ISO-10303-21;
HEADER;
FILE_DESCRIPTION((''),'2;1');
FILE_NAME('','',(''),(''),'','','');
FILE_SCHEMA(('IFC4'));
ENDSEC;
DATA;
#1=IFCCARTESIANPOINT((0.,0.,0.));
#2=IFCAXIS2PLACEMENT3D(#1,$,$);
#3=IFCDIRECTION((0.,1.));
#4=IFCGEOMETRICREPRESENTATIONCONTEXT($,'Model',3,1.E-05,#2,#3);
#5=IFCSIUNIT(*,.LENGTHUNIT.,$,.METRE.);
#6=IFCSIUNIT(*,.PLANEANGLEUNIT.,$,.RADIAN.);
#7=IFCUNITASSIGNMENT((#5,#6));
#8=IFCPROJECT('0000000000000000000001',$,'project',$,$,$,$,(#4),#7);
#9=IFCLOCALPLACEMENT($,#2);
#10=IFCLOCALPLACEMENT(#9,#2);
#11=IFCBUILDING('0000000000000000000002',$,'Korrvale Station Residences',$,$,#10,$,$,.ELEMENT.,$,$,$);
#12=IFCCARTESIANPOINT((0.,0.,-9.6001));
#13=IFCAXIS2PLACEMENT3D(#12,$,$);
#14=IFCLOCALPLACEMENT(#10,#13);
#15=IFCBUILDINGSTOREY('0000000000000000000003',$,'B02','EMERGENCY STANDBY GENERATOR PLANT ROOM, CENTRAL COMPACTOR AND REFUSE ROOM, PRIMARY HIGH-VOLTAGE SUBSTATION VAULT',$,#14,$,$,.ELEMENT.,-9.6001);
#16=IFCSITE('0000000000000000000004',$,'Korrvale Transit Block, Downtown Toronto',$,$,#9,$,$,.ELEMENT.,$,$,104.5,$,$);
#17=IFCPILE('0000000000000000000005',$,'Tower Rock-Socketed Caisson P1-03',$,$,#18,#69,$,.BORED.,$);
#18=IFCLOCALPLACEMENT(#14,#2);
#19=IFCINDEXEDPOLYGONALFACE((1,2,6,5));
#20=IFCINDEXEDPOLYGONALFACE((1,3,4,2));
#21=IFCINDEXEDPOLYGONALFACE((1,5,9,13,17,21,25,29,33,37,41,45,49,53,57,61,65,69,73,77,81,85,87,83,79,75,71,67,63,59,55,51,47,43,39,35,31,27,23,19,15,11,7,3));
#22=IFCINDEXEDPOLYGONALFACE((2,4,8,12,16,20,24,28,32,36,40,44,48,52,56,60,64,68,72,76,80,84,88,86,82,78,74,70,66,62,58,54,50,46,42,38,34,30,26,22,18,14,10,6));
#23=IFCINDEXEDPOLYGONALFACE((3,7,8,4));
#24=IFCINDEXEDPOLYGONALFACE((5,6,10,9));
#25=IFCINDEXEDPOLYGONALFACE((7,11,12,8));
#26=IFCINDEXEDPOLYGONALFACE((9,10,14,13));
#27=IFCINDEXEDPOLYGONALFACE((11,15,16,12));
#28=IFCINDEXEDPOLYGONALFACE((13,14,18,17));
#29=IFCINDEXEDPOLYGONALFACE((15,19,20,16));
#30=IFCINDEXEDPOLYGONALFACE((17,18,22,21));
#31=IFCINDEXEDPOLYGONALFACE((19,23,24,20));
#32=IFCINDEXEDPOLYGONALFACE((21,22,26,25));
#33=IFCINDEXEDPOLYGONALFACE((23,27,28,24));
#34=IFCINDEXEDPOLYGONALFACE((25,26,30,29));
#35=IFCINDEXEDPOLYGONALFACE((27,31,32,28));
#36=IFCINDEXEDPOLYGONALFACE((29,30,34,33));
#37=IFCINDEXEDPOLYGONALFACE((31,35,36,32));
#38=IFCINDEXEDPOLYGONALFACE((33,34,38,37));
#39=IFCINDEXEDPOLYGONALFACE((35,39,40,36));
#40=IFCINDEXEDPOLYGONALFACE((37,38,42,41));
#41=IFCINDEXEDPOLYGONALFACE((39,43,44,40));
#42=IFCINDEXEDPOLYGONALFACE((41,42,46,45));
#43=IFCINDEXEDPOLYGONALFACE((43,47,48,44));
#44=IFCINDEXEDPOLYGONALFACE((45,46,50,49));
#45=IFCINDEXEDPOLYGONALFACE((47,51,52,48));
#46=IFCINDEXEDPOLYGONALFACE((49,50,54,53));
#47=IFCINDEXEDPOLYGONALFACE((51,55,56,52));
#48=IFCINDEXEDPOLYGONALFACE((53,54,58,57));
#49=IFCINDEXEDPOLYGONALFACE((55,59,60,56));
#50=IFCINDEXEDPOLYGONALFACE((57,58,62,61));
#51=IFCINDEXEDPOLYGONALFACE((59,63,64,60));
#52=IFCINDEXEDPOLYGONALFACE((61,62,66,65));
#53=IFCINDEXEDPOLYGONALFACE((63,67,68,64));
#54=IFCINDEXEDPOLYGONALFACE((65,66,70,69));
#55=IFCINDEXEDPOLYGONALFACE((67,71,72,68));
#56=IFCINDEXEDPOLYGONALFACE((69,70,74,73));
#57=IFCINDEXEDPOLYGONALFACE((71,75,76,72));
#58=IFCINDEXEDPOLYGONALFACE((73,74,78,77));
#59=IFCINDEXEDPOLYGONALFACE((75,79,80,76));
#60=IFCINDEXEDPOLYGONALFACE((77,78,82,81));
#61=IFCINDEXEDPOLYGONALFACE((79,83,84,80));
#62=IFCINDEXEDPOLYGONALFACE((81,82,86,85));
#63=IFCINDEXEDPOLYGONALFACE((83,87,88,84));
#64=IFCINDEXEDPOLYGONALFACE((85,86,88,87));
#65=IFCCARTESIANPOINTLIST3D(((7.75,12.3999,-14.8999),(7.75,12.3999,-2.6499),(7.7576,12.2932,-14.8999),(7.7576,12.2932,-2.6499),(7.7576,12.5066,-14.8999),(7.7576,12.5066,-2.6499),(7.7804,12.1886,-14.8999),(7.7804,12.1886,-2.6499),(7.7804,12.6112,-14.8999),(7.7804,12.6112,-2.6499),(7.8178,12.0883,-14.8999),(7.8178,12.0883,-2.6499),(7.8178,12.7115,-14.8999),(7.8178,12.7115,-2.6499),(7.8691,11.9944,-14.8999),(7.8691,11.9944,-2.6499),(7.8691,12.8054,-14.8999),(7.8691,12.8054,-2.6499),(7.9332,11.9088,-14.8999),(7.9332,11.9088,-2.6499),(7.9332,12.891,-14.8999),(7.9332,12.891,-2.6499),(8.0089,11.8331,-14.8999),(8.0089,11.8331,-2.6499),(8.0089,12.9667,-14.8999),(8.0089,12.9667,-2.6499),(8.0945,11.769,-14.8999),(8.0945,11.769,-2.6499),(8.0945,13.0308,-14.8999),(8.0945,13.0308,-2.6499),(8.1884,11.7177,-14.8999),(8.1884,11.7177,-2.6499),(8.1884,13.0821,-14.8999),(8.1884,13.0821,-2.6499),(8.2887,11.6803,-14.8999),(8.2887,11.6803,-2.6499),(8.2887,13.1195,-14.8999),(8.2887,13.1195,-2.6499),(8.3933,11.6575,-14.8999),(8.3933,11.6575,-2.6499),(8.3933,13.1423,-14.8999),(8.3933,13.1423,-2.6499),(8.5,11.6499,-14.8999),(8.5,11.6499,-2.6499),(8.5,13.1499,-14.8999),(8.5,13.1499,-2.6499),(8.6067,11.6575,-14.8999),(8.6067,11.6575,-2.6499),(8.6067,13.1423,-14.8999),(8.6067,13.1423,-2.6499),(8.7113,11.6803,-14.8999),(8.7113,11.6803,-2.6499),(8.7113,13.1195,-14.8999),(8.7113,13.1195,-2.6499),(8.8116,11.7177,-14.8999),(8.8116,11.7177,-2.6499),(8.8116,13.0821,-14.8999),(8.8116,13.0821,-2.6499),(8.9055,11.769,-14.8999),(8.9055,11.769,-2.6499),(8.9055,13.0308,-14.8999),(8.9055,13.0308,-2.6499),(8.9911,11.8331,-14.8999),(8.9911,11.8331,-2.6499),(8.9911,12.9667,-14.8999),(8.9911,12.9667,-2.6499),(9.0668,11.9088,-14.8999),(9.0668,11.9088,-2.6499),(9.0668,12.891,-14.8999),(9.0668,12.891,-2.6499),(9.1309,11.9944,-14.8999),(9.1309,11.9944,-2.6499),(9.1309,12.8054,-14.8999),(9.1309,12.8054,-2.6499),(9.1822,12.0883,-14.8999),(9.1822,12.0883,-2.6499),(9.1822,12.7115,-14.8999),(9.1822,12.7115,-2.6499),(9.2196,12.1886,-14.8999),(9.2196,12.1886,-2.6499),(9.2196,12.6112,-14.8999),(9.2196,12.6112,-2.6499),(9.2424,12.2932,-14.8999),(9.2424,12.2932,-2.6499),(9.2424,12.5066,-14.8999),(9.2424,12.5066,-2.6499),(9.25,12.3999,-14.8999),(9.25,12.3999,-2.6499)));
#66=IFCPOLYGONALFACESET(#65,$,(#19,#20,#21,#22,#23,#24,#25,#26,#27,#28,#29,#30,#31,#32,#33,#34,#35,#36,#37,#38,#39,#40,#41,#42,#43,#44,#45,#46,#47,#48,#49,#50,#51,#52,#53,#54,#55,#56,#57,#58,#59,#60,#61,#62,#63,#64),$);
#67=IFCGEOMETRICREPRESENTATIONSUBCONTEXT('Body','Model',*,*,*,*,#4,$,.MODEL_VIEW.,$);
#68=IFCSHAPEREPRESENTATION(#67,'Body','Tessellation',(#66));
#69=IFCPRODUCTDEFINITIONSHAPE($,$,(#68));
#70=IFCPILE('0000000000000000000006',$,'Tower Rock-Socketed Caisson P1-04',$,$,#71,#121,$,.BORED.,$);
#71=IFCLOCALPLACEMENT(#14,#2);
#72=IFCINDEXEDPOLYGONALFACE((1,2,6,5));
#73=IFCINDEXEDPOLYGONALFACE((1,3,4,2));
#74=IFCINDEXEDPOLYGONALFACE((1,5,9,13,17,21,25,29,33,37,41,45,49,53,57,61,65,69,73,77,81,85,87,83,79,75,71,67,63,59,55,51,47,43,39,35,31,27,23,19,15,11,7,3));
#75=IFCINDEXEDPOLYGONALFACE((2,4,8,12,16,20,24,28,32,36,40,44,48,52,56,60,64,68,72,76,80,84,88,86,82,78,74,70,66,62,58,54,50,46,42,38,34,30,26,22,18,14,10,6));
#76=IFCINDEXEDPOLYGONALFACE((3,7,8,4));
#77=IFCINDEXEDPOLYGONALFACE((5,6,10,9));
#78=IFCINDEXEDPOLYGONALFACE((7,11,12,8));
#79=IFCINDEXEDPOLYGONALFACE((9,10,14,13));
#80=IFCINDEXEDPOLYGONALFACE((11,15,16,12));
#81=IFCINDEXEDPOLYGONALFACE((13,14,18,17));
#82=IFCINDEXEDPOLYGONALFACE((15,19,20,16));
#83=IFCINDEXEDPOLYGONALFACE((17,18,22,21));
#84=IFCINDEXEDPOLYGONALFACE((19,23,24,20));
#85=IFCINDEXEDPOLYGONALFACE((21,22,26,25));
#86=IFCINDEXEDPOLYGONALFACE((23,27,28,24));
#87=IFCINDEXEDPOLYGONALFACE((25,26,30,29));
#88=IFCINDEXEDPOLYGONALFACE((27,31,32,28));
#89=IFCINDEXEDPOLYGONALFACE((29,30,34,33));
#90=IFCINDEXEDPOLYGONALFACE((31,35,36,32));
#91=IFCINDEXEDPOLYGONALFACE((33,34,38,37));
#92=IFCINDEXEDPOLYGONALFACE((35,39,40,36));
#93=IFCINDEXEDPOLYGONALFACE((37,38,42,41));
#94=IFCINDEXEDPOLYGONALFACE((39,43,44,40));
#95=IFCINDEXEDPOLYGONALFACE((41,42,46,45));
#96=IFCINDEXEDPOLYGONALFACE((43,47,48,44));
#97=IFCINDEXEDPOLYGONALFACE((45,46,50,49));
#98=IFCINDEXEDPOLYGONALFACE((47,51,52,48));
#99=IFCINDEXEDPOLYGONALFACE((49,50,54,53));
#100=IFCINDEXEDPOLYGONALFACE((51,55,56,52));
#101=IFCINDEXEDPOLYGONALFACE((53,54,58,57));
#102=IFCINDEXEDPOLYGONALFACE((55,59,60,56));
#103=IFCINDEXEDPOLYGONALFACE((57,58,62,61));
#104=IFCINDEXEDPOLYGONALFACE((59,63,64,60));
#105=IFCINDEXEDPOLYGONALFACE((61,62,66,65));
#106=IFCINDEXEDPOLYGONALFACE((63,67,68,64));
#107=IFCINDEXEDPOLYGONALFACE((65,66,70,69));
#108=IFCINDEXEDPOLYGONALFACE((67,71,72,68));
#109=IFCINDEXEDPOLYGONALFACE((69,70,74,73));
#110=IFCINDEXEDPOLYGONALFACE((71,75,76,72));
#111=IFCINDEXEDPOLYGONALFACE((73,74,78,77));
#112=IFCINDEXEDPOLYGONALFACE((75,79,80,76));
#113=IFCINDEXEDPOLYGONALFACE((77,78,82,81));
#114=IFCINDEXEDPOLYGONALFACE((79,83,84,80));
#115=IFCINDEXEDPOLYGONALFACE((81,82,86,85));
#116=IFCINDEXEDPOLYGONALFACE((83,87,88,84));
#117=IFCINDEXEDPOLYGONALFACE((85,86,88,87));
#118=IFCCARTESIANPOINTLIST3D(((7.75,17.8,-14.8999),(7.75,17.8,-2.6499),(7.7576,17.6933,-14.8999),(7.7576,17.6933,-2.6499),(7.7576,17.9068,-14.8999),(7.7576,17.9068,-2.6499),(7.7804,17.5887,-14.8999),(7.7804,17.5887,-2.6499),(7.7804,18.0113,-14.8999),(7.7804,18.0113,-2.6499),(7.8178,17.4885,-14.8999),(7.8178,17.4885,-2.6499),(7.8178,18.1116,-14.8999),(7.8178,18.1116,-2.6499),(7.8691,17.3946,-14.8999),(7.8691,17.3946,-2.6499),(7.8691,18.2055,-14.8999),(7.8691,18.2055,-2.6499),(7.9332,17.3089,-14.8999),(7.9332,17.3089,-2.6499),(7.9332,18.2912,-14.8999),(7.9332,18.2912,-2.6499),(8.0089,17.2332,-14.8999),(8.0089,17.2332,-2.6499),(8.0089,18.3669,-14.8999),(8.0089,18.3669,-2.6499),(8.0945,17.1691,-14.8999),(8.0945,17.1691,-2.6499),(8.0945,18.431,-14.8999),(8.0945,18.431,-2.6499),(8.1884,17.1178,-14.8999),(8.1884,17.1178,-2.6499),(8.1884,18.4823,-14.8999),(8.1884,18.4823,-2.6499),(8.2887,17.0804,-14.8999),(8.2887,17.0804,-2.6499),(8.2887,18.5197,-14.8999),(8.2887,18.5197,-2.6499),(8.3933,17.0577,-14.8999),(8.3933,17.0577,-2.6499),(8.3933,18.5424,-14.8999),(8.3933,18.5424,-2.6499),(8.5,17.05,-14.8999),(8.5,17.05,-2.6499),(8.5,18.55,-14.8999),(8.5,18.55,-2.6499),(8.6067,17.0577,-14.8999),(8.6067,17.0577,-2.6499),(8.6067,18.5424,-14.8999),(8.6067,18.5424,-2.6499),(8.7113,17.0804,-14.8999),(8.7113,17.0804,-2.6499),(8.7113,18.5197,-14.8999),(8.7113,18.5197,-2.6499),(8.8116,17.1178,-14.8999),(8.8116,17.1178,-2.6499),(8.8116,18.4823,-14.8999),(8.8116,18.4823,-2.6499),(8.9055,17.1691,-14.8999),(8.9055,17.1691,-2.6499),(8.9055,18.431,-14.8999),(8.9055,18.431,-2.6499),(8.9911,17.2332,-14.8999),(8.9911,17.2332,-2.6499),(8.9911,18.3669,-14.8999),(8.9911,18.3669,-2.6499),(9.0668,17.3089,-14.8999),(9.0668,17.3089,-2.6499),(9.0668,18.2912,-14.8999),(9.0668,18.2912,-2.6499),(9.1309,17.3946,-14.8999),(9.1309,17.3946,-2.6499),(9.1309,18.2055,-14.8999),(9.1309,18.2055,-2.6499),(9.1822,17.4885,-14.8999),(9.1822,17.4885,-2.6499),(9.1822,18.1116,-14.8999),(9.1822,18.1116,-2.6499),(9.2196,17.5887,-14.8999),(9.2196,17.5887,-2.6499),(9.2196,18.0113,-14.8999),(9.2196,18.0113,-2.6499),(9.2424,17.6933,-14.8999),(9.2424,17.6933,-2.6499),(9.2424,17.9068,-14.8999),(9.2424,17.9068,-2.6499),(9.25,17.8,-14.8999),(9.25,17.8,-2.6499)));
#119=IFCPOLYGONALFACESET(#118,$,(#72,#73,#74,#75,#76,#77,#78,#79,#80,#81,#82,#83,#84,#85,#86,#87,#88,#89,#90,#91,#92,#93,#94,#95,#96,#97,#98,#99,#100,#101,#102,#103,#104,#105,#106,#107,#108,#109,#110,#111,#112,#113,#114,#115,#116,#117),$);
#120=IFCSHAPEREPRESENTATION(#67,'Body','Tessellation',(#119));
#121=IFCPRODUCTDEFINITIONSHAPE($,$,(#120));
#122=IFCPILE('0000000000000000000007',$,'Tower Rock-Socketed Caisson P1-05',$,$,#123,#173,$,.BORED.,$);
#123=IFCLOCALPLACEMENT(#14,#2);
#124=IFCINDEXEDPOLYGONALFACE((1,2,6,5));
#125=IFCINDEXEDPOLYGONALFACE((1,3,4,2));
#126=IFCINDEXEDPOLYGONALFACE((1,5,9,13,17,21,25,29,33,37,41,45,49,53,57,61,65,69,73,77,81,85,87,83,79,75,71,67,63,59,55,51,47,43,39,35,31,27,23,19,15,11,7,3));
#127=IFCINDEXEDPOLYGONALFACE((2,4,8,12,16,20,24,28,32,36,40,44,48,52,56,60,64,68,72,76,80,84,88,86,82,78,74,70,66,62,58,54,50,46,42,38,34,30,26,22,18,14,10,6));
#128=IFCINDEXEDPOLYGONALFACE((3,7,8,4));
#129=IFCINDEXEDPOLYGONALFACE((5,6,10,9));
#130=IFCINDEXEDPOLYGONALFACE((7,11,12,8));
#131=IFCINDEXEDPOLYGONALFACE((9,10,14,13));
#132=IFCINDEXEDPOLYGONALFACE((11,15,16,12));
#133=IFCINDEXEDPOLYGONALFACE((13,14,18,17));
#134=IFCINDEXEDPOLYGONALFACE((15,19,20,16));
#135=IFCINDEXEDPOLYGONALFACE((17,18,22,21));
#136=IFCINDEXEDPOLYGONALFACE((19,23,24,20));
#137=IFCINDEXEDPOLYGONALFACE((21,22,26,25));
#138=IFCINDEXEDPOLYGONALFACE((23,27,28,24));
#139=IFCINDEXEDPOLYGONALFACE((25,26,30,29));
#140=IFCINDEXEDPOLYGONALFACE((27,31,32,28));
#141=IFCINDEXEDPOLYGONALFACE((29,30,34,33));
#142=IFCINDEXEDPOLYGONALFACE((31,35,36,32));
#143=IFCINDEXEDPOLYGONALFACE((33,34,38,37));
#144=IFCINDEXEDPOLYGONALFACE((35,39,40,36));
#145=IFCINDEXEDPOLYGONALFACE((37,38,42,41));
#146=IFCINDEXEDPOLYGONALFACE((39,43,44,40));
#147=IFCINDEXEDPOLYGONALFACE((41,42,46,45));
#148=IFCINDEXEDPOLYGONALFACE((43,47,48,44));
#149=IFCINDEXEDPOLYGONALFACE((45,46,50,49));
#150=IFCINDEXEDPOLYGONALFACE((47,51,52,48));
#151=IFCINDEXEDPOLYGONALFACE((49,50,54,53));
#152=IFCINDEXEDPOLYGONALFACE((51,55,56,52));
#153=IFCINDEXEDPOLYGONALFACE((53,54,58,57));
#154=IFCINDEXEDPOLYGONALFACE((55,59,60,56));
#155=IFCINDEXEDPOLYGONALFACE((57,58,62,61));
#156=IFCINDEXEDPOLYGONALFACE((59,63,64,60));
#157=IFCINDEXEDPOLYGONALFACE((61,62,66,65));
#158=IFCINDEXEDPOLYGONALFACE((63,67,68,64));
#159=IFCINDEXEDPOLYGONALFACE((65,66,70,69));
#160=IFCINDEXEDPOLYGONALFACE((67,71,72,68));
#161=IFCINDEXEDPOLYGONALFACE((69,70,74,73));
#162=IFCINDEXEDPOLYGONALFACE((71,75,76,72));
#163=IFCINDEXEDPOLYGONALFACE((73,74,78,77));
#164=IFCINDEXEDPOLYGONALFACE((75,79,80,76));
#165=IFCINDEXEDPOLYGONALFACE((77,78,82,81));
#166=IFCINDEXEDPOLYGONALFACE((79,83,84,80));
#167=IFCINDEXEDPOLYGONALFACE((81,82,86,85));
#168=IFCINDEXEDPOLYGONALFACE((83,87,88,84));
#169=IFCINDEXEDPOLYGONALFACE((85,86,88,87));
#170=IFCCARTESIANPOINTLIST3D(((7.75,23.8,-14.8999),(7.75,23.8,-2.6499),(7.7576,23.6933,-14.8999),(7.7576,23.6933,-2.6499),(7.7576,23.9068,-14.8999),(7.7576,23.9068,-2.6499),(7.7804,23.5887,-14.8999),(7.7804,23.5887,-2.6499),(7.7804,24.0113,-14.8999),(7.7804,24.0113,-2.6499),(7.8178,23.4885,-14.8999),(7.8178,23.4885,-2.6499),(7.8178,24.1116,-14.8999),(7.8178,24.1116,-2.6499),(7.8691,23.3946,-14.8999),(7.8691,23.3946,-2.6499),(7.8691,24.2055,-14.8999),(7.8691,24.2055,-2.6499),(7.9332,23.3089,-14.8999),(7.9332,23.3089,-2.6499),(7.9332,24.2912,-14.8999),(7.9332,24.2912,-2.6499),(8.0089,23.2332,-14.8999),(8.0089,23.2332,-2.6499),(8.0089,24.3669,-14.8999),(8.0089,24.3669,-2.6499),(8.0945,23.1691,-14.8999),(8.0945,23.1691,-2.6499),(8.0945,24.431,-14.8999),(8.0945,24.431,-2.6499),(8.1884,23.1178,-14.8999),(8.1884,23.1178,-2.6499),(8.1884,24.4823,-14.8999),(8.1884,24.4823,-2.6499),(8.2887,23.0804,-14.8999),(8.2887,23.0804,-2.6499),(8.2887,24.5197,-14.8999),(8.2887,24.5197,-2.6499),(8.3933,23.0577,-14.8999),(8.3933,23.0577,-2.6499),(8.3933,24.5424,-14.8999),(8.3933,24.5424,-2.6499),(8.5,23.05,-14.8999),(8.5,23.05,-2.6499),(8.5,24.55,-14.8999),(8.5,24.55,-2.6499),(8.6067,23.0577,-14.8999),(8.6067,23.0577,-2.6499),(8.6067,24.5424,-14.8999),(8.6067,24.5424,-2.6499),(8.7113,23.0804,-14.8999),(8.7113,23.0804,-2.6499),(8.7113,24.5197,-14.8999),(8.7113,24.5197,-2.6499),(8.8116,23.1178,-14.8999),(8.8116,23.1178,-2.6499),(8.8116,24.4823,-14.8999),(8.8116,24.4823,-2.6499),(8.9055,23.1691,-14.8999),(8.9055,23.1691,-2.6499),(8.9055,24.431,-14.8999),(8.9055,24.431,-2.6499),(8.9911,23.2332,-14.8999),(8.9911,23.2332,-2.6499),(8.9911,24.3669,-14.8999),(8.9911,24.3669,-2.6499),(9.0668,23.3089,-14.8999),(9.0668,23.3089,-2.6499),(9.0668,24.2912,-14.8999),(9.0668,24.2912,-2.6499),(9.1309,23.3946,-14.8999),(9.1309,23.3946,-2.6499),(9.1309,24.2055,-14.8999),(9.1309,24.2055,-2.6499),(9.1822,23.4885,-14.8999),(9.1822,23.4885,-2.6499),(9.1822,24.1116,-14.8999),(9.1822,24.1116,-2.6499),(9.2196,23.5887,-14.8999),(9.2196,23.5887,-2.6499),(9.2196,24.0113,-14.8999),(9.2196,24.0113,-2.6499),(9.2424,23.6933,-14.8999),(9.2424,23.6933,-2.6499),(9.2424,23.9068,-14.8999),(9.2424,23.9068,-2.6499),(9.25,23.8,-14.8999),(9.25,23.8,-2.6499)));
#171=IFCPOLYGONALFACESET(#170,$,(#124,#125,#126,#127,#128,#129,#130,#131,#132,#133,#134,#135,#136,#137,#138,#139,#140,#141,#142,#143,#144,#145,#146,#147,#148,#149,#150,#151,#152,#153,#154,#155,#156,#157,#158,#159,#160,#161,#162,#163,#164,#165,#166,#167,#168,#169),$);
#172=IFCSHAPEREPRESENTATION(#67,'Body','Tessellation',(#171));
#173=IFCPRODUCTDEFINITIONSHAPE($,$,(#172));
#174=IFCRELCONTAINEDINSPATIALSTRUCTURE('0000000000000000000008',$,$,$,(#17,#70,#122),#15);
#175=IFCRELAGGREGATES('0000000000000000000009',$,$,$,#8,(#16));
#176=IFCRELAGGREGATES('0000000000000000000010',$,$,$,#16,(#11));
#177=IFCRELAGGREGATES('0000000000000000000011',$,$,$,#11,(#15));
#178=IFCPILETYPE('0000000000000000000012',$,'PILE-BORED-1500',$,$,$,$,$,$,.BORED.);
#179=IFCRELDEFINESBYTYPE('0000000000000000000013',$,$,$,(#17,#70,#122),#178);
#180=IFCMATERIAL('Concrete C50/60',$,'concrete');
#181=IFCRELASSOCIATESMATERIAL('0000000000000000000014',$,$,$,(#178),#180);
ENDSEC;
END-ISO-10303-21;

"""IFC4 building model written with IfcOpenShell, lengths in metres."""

from ifc_helpers import new_model, si_unit, direction, frame, origin, origin_2d, place, context, subcontext, project, spatial, circle, extrude, material, material_profile, profile_set, type_object, element, save


model = new_model("IFC4")

# Units and contexts
model_context = context("Model", 3, precision=1e-05, world=origin(), true_north=direction((0.0, 1.0)))
body_context = subcontext(model_context, "Body", "Model", "MODEL_VIEW")
ifc_project = project(units=[si_unit("LENGTHUNIT", "METRE"), si_unit("PLANEANGLEUNIT", "RADIAN")], contexts=[model_context])

# Site, building, storey
site_placement = place(None, origin())
site = spatial("IfcSite", under=ifc_project, at=site_placement, Name="Korrvale Transit Block, Downtown Toronto", CompositionType="ELEMENT", RefElevation=104.5)
building_placement = place(site_placement, origin())
building = spatial("IfcBuilding", under=site, at=building_placement, Name="Korrvale Station Residences", CompositionType="ELEMENT")
storey_placement = place(building_placement, frame((0.0, 0.0, -9.6001)))
storey = spatial("IfcBuildingStorey", under=building, at=storey_placement, Name="B02", Description="EMERGENCY STANDBY GENERATOR PLANT ROOM, CENTRAL COMPACTOR AND REFUSE ROOM, PRIMARY HIGH-VOLTAGE SUBSTATION VAULT", CompositionType="ELEMENT", Elevation=-9.6001)

# Piles
ifc_material_1 = material(Name="Concrete C50/60", Category="concrete")
ifc_material_profile_1 = material_profile(ifc_material_1, circle(Radius=0.75, at=origin_2d()), Name="PILE1500")
ifc_profile_set_1 = profile_set([ifc_material_profile_1], Name="Concrete C50/60")
pile_type = type_object("IfcPileType", Name="PILE-BORED-1500", PredefinedType="BORED", material=ifc_profile_set_1)
for number, where, z_axis, x_axis, name in (
    (1, (8.5, 12.3999, -2.6499), (0.0, 0.0, -1.0), (1.0, 0.0, 0.0), "Tower Rock-Socketed Caisson P1-03"),
    (2, (8.5, 17.8, -2.6499), (0.0, 0.0, -1.0), (1.0, 0.0, 0.0), "Tower Rock-Socketed Caisson P1-04"),
    (3, (8.5, 23.8, -2.6499), (0.0, 0.0, -1.0), (1.0, 0.0, 0.0), "Tower Rock-Socketed Caisson P1-05"),
):
    element("IfcPile", number, at=place(storey_placement, frame(where, z_axis=z_axis, x_axis=x_axis)), inside=storey, type_object=pile_type, Name=name, PredefinedType="BORED", context=body_context, shape_type="SweptSolid", body=[
        extrude(circle(Radius=0.75, at=origin_2d()), origin(), (0.0, 0.0, 1.0), 12.25),
    ])

save(model, "model.ifc")
